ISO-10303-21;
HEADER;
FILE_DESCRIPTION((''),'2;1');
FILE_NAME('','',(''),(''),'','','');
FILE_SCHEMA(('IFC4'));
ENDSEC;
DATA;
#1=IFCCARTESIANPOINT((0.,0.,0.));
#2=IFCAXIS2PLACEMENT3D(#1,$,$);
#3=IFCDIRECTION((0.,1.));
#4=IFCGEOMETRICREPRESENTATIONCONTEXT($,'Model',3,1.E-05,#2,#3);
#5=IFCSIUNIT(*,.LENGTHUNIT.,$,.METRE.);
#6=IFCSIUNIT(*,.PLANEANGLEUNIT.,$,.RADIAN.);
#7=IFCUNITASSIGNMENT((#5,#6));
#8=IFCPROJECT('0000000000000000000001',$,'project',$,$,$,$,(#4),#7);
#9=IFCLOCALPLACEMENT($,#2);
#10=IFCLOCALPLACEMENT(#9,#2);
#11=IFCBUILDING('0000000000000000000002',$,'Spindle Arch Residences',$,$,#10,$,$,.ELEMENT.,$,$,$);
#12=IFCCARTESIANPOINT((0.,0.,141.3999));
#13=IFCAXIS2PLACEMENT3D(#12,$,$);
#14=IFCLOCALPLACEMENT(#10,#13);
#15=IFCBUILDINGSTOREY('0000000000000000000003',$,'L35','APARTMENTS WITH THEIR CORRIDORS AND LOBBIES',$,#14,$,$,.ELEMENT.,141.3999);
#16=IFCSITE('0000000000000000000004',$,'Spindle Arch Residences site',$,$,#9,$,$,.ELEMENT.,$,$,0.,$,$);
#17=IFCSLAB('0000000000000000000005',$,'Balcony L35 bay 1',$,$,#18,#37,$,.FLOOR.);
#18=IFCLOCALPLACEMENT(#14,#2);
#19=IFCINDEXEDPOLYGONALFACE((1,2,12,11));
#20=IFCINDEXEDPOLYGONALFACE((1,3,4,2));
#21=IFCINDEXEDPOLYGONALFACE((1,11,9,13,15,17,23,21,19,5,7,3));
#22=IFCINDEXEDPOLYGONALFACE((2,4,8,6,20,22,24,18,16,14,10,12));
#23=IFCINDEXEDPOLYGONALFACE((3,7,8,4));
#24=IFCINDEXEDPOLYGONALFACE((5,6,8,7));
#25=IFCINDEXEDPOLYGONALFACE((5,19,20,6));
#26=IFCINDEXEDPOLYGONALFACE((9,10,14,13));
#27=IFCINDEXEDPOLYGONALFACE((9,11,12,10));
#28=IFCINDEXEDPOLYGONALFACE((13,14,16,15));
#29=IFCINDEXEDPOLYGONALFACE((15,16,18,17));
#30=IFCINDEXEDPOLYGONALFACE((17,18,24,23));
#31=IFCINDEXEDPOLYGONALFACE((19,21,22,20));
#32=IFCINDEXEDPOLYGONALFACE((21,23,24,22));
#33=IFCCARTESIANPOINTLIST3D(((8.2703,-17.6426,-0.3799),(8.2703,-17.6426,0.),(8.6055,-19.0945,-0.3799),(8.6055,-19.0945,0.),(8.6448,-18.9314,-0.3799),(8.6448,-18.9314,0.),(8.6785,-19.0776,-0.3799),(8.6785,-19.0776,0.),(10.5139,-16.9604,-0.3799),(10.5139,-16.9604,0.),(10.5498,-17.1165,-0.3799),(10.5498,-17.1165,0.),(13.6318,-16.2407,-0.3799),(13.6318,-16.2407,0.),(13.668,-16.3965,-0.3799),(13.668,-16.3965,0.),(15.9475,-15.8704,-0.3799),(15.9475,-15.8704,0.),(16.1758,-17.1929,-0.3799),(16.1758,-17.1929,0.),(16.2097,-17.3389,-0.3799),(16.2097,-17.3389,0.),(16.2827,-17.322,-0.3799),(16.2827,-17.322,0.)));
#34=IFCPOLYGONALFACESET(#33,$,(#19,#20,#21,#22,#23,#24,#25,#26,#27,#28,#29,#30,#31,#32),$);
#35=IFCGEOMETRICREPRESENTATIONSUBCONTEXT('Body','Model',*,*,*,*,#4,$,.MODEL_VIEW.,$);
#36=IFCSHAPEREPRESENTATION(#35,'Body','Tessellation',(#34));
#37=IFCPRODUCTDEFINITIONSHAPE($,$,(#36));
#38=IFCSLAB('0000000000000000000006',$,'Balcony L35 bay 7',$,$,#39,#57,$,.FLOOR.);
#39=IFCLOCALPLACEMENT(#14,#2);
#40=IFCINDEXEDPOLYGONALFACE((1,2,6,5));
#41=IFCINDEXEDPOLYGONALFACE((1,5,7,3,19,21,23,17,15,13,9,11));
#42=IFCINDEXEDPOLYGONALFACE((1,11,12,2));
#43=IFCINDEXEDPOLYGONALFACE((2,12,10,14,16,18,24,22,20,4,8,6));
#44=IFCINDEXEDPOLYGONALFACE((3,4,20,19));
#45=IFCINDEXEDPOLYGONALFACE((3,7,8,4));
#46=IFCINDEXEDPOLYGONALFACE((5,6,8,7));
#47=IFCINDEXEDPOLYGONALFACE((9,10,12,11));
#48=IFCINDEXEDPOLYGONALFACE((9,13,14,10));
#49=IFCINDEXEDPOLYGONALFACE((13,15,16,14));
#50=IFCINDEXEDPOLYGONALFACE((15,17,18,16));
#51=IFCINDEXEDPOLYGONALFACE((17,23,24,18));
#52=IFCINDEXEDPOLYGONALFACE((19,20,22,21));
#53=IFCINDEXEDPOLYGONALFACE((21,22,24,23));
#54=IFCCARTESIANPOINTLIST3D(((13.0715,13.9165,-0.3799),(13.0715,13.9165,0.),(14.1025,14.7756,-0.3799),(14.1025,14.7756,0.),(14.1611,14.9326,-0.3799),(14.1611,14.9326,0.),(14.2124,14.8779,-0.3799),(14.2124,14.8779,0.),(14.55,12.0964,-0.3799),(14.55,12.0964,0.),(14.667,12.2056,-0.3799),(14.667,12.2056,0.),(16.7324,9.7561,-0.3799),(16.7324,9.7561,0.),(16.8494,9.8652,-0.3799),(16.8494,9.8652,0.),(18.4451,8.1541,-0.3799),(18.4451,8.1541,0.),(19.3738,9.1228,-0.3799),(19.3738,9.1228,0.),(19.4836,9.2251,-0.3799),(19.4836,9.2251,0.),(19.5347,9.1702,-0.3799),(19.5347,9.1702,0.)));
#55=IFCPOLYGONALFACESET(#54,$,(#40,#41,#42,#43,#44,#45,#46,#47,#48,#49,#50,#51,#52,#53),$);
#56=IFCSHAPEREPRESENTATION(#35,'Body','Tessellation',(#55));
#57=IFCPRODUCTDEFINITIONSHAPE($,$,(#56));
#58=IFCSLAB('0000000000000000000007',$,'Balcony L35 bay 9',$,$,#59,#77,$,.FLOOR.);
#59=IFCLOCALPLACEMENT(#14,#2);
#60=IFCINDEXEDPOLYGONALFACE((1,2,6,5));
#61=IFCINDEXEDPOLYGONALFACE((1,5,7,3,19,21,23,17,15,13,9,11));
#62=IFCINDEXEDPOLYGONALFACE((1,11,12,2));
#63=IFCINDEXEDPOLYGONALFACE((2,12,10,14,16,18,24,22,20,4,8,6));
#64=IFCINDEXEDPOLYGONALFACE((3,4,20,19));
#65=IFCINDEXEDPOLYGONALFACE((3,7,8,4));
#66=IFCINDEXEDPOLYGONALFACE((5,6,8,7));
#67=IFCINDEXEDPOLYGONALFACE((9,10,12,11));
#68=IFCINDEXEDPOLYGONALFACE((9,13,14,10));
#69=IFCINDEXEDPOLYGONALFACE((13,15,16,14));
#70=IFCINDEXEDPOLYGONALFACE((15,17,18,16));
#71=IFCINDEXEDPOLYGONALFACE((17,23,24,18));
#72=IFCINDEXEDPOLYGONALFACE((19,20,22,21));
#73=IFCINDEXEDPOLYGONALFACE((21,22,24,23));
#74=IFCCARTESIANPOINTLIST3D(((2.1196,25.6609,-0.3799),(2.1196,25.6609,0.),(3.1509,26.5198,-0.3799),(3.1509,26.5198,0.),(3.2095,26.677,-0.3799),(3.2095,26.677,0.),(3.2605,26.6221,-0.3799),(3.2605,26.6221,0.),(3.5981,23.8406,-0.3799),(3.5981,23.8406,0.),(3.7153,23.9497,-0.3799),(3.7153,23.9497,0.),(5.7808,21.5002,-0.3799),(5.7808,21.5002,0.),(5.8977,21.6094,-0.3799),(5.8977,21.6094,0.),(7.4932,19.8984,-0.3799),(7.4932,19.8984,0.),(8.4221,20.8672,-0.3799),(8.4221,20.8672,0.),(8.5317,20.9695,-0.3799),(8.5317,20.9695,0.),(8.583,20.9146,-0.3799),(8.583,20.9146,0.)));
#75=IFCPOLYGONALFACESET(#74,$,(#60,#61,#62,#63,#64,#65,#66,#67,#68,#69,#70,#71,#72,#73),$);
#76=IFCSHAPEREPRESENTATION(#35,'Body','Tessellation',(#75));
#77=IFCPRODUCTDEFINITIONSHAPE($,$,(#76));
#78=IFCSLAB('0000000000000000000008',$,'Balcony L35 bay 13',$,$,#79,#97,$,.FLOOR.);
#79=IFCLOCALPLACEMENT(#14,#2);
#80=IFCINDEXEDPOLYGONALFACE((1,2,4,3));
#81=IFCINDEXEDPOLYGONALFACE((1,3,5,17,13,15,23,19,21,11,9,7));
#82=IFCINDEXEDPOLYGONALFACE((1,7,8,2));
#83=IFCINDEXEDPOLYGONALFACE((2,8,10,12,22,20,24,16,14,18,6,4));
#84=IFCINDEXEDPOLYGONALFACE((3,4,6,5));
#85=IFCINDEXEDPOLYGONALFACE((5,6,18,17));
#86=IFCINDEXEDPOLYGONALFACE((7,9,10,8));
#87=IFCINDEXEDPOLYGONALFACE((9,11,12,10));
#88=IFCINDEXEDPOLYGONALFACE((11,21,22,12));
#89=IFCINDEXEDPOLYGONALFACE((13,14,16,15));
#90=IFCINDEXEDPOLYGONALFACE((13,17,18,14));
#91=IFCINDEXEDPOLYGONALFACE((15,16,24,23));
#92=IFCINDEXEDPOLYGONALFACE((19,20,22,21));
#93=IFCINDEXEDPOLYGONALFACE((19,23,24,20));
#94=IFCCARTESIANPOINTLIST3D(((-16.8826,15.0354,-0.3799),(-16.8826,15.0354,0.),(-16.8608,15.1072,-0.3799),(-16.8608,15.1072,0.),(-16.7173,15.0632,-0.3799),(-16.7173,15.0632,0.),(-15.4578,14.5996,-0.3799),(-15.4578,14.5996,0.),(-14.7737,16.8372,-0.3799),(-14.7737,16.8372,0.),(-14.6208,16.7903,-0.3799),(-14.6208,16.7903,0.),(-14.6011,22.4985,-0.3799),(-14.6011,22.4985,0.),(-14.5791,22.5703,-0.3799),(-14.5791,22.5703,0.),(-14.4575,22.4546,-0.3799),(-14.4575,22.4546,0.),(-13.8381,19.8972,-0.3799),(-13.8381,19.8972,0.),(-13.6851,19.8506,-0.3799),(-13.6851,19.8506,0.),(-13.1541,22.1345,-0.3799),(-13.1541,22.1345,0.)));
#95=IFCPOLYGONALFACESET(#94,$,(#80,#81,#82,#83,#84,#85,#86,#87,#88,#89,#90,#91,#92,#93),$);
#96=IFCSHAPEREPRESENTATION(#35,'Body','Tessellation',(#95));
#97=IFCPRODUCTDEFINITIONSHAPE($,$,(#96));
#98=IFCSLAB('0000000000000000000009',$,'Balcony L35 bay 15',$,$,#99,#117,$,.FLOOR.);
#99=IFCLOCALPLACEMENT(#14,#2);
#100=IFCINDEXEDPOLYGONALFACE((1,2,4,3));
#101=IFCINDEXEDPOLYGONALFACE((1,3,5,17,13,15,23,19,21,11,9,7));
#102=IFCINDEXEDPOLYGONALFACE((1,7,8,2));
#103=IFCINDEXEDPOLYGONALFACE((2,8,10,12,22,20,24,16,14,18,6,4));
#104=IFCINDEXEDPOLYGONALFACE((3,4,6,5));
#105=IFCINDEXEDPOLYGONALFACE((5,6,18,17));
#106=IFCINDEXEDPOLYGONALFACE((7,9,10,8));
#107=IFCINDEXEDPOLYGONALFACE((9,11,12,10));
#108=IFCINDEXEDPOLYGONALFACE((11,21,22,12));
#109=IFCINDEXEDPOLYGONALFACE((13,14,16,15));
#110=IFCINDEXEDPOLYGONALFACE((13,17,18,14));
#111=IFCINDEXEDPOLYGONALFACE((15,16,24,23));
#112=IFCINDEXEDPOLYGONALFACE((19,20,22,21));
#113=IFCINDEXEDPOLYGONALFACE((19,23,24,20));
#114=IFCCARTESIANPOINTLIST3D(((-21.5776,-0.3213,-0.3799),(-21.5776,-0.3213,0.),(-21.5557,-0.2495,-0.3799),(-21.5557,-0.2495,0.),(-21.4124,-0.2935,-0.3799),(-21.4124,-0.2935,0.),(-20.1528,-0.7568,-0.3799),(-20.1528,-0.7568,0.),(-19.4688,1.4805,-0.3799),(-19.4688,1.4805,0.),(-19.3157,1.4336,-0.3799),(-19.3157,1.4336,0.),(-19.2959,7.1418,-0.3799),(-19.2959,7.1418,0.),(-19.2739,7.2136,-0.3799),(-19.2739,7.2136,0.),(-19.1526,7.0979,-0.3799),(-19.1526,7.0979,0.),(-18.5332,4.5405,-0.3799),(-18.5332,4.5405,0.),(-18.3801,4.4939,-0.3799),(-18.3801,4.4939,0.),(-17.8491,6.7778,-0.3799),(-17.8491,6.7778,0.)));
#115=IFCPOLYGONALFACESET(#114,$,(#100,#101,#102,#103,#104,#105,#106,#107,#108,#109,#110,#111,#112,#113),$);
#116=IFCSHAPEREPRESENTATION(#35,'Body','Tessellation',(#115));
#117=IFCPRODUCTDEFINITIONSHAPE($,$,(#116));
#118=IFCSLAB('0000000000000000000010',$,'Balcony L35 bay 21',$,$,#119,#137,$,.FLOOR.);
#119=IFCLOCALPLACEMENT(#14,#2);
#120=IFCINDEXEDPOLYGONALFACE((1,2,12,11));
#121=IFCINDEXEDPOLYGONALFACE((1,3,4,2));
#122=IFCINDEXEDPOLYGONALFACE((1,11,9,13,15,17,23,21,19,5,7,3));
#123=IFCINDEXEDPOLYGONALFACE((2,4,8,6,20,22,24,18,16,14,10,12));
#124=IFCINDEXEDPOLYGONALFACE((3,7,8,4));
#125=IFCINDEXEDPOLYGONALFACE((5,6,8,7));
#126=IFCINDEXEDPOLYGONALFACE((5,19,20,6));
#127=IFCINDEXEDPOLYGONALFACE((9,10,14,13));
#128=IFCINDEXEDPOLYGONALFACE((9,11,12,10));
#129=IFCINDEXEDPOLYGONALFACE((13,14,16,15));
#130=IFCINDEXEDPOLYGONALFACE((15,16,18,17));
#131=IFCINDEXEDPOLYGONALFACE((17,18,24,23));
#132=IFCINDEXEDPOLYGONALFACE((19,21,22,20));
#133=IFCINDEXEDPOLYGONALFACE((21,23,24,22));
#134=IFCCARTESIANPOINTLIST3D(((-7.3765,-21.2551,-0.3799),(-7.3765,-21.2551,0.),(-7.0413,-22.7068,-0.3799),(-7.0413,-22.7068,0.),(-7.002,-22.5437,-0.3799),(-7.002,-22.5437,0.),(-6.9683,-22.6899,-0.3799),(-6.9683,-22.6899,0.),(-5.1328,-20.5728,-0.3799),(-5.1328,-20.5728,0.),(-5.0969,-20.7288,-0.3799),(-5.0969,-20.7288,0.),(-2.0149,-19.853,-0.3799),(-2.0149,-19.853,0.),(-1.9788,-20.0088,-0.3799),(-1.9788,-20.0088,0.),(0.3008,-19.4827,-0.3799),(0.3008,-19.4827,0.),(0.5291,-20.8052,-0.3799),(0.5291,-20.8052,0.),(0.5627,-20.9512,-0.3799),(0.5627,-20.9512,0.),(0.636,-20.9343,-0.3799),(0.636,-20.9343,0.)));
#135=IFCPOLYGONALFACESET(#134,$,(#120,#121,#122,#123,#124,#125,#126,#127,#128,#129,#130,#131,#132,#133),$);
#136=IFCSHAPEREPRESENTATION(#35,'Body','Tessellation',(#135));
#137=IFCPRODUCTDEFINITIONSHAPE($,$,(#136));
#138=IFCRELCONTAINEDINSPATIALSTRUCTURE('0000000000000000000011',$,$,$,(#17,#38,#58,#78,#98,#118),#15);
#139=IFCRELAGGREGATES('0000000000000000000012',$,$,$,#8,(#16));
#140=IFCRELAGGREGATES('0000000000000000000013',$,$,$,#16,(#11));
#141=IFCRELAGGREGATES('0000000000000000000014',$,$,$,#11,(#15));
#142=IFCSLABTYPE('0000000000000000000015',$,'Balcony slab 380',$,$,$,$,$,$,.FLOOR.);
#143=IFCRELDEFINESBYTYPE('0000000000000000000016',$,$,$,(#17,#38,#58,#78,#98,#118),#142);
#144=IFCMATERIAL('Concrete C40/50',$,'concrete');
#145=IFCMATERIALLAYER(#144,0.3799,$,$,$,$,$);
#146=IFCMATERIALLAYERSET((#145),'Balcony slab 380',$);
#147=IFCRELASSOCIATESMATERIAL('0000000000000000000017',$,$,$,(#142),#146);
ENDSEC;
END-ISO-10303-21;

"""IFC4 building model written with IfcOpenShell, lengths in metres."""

from ifc_helpers import new_model, si_unit, direction, frame, origin, place, context, subcontext, project, spatial, polyline, outline, extrude, material, layer, layer_set, type_object, element, save


model = new_model("IFC4")

# Units and contexts
model_context = context("Model", 3, precision=1e-05, world=origin(), true_north=direction((0.0, 1.0)))
body_context = subcontext(model_context, "Body", "Model", "MODEL_VIEW")
ifc_project = project(units=[si_unit("LENGTHUNIT", "METRE"), si_unit("PLANEANGLEUNIT", "RADIAN")], contexts=[model_context])

# Site, building, storey
site_placement = place(None, origin())
site = spatial("IfcSite", under=ifc_project, at=site_placement, Name="Spindle Arch Residences site", CompositionType="ELEMENT", RefElevation=0.0)
building_placement = place(site_placement, origin())
building = spatial("IfcBuilding", under=site, at=building_placement, Name="Spindle Arch Residences", CompositionType="ELEMENT")
storey_placement = place(building_placement, frame((0.0, 0.0, 141.3999)))
storey = spatial("IfcBuildingStorey", under=building, at=storey_placement, Name="L35", Description="APARTMENTS WITH THEIR CORRIDORS AND LOBBIES", CompositionType="ELEMENT", Elevation=141.3999)

# Slabs
ifc_material_1 = material(Name="Concrete C40/50", Category="concrete")
ifc_layer_1 = layer(ifc_material_1, 0.3799)
ifc_layer_set_1 = layer_set([ifc_layer_1], Name="Balcony slab 380")
slab_type_1 = type_object("IfcSlabType", Name="Balcony slab 380", PredefinedType="FLOOR", material=ifc_layer_set_1)
slab_1_placement = place(storey_placement, frame((0.0, 0.0, -0.3799)))
element("IfcSlab", 1, at=slab_1_placement, inside=storey, type_object=slab_type_1, Name="Balcony L35 bay 1", PredefinedType="FLOOR", context=body_context, shape_type="SweptSolid", body=[
    extrude(outline(polyline([(8.6055, -19.0945), (8.6785, -19.0776), (8.6448, -18.9314), (16.1758, -17.1929), (16.2097, -17.3389), (16.2827, -17.322), (15.9475, -15.8704), (13.668, -16.3965), (13.6318, -16.2407), (10.5139, -16.9604), (10.5498, -17.1165), (8.2703, -17.6426), (8.6055, -19.0945)])), origin(), (0.0, 0.0, 1.0), 0.3799),
])
slab_2_placement = place(storey_placement, frame((0.0, 0.0, -0.3799)))
element("IfcSlab", 2, at=slab_2_placement, inside=storey, type_object=slab_type_1, Name="Balcony L35 bay 7", PredefinedType="FLOOR", context=body_context, shape_type="SweptSolid", body=[
    extrude(outline(polyline([(19.5347, 9.1702), (19.4836, 9.2251), (19.3738, 9.1228), (14.1025, 14.7756), (14.2124, 14.8779), (14.1611, 14.9326), (13.0715, 13.9165), (14.667, 12.2056), (14.55, 12.0964), (16.7324, 9.7561), (16.8494, 9.8652), (18.4451, 8.1541), (19.5347, 9.1702)])), origin(), (0.0, 0.0, 1.0), 0.3799),
])
slab_3_placement = place(storey_placement, frame((0.0, 0.0, -0.3799)))
element("IfcSlab", 3, at=slab_3_placement, inside=storey, type_object=slab_type_1, Name="Balcony L35 bay 9", PredefinedType="FLOOR", context=body_context, shape_type="SweptSolid", body=[
    extrude(outline(polyline([(8.583, 20.9146), (8.5317, 20.9695), (8.4221, 20.8672), (3.1509, 26.5198), (3.2605, 26.6221), (3.2095, 26.677), (2.1196, 25.6609), (3.7153, 23.9497), (3.5981, 23.8406), (5.7808, 21.5002), (5.8977, 21.6094), (7.4932, 19.8984), (8.583, 20.9146)])), origin(), (0.0, 0.0, 1.0), 0.3799),
])
slab_4_placement = place(storey_placement, frame((0.0, 0.0, -0.3799)))
element("IfcSlab", 4, at=slab_4_placement, inside=storey, type_object=slab_type_1, Name="Balcony L35 bay 13", PredefinedType="FLOOR", context=body_context, shape_type="SweptSolid", body=[
    extrude(outline(polyline([(-14.5791, 22.5703), (-14.6011, 22.4985), (-14.4575, 22.4546), (-16.7173, 15.0632), (-16.8608, 15.1072), (-16.8826, 15.0354), (-15.4578, 14.5996), (-14.7737, 16.8372), (-14.6208, 16.7903), (-13.6851, 19.8506), (-13.8381, 19.8972), (-13.1541, 22.1345), (-14.5791, 22.5703)])), origin(), (0.0, 0.0, 1.0), 0.3799),
])
slab_5_placement = place(storey_placement, frame((0.0, 0.0, -0.3799)))
element("IfcSlab", 5, at=slab_5_placement, inside=storey, type_object=slab_type_1, Name="Balcony L35 bay 15", PredefinedType="FLOOR", context=body_context, shape_type="SweptSolid", body=[
    extrude(outline(polyline([(-19.2739, 7.2136), (-19.2959, 7.1418), (-19.1526, 7.0979), (-21.4124, -0.2935), (-21.5557, -0.2495), (-21.5776, -0.3213), (-20.1528, -0.7568), (-19.4688, 1.4805), (-19.3157, 1.4336), (-18.3801, 4.4939), (-18.5332, 4.5405), (-17.8491, 6.7778), (-19.2739, 7.2136)])), origin(), (0.0, 0.0, 1.0), 0.3799),
])
slab_6_placement = place(storey_placement, frame((0.0, 0.0, -0.3799)))
element("IfcSlab", 6, at=slab_6_placement, inside=storey, type_object=slab_type_1, Name="Balcony L35 bay 21", PredefinedType="FLOOR", context=body_context, shape_type="SweptSolid", body=[
    extrude(outline(polyline([(-7.0413, -22.7068), (-6.9683, -22.6899), (-7.002, -22.5437), (0.5291, -20.8052), (0.5627, -20.9512), (0.636, -20.9343), (0.3008, -19.4827), (-1.9788, -20.0088), (-2.0149, -19.853), (-5.1328, -20.5728), (-5.0969, -20.7288), (-7.3765, -21.2551), (-7.0413, -22.7068)])), origin(), (0.0, 0.0, 1.0), 0.3799),
])

save(model, "model.ifc")
